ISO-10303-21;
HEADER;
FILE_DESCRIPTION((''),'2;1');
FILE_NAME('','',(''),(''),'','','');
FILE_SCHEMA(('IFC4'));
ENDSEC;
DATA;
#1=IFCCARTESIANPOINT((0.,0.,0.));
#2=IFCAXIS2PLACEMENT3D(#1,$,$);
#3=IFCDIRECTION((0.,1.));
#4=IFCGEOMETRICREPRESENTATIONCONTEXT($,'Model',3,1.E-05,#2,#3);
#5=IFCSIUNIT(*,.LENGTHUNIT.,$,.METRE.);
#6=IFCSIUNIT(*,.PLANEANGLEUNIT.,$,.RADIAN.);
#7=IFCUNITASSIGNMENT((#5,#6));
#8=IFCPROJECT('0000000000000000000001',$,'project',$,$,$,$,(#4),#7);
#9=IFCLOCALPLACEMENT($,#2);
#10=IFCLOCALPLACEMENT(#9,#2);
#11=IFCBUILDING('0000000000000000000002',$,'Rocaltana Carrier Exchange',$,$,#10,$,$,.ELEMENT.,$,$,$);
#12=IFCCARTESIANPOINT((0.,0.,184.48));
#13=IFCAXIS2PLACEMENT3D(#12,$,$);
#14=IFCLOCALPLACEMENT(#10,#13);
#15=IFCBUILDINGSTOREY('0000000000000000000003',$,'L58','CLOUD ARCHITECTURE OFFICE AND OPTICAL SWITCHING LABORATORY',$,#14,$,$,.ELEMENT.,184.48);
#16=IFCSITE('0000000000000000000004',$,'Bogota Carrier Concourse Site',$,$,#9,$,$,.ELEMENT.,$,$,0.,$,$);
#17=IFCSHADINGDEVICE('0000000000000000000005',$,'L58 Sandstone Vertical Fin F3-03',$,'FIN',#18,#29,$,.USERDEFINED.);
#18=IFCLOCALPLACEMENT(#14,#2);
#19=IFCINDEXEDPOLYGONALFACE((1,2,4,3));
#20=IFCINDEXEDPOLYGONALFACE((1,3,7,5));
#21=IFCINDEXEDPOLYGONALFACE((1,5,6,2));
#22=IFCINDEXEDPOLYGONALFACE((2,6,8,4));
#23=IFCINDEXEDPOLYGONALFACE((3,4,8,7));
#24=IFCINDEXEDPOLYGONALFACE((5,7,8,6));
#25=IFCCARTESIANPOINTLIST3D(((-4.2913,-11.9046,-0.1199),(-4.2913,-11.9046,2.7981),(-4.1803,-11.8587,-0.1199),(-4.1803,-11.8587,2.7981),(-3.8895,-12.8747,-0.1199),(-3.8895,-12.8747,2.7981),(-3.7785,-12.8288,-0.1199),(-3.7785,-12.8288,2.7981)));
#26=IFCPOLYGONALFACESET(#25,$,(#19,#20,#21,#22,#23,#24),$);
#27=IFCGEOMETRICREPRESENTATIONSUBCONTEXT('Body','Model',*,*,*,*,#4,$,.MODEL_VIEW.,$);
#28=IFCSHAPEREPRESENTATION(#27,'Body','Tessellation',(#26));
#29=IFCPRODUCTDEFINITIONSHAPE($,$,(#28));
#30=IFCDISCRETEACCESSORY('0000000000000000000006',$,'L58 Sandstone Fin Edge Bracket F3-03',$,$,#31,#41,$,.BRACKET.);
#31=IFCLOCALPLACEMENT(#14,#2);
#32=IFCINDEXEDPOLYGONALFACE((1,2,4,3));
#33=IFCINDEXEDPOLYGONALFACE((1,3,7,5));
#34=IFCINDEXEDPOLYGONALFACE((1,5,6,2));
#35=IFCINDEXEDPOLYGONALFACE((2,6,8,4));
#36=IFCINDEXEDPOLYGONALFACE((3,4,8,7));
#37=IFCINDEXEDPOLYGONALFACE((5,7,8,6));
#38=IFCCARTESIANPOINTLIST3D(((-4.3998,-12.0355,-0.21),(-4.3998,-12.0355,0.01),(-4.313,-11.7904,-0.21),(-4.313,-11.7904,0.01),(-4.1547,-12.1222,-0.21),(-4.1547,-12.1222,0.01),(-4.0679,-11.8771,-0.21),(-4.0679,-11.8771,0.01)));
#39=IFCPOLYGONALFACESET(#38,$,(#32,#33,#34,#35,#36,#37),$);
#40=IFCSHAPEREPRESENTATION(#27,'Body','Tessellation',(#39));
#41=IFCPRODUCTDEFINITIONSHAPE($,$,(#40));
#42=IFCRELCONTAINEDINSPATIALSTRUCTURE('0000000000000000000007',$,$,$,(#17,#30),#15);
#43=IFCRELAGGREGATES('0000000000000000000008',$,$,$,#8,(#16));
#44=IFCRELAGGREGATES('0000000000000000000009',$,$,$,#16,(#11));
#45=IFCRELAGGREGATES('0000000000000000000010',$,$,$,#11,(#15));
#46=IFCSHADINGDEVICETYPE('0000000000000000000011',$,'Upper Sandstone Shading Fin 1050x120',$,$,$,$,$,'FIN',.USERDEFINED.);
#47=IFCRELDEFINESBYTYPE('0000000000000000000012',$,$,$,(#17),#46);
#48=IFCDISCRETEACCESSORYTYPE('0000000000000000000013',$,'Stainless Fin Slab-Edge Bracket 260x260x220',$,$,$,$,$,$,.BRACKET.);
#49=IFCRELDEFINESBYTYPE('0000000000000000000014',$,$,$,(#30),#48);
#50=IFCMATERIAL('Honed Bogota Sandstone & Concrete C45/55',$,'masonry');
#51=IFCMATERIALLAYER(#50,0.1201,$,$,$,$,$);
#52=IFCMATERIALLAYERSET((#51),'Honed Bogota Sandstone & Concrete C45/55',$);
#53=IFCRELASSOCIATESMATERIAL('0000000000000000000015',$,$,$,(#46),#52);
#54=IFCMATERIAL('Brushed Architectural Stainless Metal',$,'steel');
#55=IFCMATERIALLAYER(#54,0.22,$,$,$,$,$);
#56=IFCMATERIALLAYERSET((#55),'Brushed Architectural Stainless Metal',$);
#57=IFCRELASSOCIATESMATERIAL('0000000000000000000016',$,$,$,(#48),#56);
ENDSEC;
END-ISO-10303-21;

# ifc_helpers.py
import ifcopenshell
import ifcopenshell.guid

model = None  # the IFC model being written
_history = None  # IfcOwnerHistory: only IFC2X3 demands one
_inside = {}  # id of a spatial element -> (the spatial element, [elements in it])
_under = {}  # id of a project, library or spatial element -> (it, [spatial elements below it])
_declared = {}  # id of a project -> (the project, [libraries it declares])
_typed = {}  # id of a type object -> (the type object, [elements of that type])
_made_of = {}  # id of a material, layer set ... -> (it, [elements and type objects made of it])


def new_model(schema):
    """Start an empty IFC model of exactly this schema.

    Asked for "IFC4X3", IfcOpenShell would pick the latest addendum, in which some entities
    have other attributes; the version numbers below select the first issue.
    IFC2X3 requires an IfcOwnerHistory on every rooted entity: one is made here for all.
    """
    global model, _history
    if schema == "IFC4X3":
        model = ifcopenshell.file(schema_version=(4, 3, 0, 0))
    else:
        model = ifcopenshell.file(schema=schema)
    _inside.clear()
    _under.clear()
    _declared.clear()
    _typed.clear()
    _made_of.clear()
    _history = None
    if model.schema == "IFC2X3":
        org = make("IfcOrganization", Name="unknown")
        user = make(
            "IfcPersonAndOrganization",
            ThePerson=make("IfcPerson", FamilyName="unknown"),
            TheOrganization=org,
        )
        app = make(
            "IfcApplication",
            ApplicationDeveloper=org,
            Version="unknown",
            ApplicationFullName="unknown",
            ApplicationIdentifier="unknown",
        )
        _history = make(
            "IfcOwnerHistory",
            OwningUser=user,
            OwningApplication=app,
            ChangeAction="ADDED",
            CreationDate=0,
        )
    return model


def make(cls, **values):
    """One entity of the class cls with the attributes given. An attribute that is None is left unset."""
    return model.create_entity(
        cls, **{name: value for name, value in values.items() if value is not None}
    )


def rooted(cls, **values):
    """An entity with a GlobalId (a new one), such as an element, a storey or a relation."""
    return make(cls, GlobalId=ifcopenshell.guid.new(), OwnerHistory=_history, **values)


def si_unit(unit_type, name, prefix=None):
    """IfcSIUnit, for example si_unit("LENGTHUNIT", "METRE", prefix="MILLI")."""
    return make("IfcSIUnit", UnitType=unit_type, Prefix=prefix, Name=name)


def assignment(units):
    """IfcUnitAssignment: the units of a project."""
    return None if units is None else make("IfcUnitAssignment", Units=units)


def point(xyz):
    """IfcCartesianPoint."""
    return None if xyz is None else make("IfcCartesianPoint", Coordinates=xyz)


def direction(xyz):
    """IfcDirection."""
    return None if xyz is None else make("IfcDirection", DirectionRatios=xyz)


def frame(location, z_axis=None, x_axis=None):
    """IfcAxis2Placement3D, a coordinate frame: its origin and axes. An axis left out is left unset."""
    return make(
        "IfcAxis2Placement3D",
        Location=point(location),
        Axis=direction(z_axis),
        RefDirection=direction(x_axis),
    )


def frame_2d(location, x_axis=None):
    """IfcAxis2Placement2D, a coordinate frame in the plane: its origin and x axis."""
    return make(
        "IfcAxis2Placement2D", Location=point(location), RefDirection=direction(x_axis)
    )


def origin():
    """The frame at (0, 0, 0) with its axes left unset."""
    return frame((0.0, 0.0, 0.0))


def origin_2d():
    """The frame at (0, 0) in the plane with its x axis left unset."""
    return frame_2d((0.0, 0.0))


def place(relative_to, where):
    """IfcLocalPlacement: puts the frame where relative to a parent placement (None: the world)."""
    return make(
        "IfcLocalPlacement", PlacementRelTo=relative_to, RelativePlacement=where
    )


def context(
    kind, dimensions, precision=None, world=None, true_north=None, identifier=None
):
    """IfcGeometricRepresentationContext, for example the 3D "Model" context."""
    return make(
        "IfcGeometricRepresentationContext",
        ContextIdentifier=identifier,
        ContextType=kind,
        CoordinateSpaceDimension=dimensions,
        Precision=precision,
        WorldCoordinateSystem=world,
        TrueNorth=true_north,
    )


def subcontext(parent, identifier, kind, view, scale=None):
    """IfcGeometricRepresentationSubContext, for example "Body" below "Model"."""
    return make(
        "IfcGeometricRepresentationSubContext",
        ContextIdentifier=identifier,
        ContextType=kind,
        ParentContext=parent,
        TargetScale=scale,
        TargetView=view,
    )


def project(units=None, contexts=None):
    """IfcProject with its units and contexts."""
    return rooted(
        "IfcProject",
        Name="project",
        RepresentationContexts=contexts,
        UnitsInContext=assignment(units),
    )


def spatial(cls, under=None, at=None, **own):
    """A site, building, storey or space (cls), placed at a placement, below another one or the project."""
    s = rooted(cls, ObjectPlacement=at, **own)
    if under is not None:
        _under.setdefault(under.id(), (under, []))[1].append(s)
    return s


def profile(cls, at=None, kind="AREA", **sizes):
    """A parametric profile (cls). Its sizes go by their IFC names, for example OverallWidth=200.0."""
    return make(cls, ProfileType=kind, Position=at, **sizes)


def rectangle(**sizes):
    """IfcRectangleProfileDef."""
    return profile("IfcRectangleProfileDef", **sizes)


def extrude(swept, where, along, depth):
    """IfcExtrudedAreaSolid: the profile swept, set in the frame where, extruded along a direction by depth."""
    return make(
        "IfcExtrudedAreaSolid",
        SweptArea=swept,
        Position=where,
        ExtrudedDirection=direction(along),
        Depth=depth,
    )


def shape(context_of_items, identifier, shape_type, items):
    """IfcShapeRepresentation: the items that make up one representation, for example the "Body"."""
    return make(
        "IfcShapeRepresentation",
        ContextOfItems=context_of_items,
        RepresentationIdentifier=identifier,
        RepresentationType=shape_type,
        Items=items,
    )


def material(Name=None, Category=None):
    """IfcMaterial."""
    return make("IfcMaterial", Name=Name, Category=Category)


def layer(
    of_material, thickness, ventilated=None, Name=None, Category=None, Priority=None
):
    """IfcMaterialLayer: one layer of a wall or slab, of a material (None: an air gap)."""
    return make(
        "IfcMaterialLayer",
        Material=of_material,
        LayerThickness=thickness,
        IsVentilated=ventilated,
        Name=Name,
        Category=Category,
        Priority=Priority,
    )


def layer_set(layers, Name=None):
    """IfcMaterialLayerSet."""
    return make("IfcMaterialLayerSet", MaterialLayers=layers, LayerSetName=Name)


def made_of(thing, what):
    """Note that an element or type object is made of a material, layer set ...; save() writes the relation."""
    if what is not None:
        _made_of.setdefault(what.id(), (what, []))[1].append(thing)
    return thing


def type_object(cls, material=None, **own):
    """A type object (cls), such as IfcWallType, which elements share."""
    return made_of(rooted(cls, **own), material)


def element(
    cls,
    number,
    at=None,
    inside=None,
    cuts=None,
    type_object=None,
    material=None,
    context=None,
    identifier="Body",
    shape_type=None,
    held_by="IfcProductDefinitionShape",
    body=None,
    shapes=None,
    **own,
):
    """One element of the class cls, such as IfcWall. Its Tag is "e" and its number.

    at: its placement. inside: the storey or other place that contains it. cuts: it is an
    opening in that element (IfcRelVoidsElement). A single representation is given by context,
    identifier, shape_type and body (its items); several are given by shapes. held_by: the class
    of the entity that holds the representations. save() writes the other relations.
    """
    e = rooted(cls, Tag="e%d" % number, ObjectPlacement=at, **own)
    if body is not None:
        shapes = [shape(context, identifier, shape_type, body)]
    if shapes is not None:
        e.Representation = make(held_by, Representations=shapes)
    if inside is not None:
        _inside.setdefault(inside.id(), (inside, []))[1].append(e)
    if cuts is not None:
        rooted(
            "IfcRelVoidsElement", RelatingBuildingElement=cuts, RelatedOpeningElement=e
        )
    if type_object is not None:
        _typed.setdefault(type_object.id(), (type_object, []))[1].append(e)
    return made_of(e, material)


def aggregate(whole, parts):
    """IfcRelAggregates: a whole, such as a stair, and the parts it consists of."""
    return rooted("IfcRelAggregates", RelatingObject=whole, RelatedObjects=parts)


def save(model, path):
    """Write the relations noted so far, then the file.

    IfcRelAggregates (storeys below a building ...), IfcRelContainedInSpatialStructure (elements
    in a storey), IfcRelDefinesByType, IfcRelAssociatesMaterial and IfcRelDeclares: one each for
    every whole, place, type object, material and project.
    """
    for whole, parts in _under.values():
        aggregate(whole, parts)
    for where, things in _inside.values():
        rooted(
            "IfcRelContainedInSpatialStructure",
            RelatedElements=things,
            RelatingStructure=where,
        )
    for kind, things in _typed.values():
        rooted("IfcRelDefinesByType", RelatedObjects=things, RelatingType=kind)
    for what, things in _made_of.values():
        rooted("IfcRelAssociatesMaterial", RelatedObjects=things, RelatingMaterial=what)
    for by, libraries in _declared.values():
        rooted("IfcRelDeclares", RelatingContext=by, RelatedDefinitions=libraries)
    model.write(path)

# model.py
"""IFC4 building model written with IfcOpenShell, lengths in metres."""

from ifc_helpers import new_model, si_unit, direction, frame, origin, origin_2d, place, context, subcontext, project, spatial, rectangle, extrude, material, layer, layer_set, type_object, element, save


model = new_model("IFC4")

# Units and contexts
model_context = context("Model", 3, precision=1e-05, world=origin(), true_north=direction((0.0, 1.0)))
body_context = subcontext(model_context, "Body", "Model", "MODEL_VIEW")
ifc_project = project(units=[si_unit("LENGTHUNIT", "METRE"), si_unit("PLANEANGLEUNIT", "RADIAN")], contexts=[model_context])

# Site, building, storey
site_placement = place(None, origin())
site = spatial("IfcSite", under=ifc_project, at=site_placement, Name="Bogota Carrier Concourse Site", CompositionType="ELEMENT", RefElevation=0.0)
building_placement = place(site_placement, origin())
building = spatial("IfcBuilding", under=site, at=building_placement, Name="Rocaltana Carrier Exchange", CompositionType="ELEMENT")
storey_placement = place(building_placement, frame((0.0, 0.0, 184.48)))
storey = spatial("IfcBuildingStorey", under=building, at=storey_placement, Name="L58", Description="CLOUD ARCHITECTURE OFFICE AND OPTICAL SWITCHING LABORATORY", CompositionType="ELEMENT", Elevation=184.48)

# Shading device
ifc_material_1 = material(Name="Honed Bogota Sandstone & Concrete C45/55", Category="masonry")
ifc_layer_1 = layer(ifc_material_1, 0.1201)
ifc_layer_set_1 = layer_set([ifc_layer_1], Name="Honed Bogota Sandstone & Concrete C45/55")
shading_device_type = type_object("IfcShadingDeviceType", Name="Upper Sandstone Shading Fin 1050x120", ElementType="FIN", PredefinedType="USERDEFINED", material=ifc_layer_set_1)
shading_device_placement = place(storey_placement, frame((-4.0349, -12.3667, -0.1199), z_axis=(0.0, 0.0, 1.0), x_axis=(0.382683, -0.92388, 0.0)))
element("IfcShadingDevice", 1, at=shading_device_placement, inside=storey, type_object=shading_device_type, Name="L58 Sandstone Vertical Fin F3-03", ObjectType="FIN", PredefinedType="USERDEFINED", context=body_context, shape_type="SweptSolid", body=[
    extrude(rectangle(XDim=1.05, YDim=0.1201, at=origin_2d()), origin(), (0.0, 0.0, 1.0), 2.918),
])

# Discrete accessory
ifc_material_2 = material(Name="Brushed Architectural Stainless Metal", Category="steel")
ifc_layer_2 = layer(ifc_material_2, 0.22)
ifc_layer_set_2 = layer_set([ifc_layer_2], Name="Brushed Architectural Stainless Metal")
discrete_accessory_type = type_object("IfcDiscreteAccessoryType", Name="Stainless Fin Slab-Edge Bracket 260x260x220", PredefinedType="BRACKET", material=ifc_layer_set_2)
discrete_accessory_placement = place(storey_placement, frame((-4.2339, -11.9563, -0.21), z_axis=(0.0, 0.0, 1.0), x_axis=(0.942641, -0.333807, 0.0)))
element("IfcDiscreteAccessory", 2, at=discrete_accessory_placement, inside=storey, type_object=discrete_accessory_type, Name="L58 Sandstone Fin Edge Bracket F3-03", PredefinedType="BRACKET", context=body_context, shape_type="SweptSolid", body=[
    extrude(rectangle(XDim=0.26, YDim=0.26, at=origin_2d()), origin(), (0.0, 0.0, 1.0), 0.22),
])

save(model, "model.ifc")
